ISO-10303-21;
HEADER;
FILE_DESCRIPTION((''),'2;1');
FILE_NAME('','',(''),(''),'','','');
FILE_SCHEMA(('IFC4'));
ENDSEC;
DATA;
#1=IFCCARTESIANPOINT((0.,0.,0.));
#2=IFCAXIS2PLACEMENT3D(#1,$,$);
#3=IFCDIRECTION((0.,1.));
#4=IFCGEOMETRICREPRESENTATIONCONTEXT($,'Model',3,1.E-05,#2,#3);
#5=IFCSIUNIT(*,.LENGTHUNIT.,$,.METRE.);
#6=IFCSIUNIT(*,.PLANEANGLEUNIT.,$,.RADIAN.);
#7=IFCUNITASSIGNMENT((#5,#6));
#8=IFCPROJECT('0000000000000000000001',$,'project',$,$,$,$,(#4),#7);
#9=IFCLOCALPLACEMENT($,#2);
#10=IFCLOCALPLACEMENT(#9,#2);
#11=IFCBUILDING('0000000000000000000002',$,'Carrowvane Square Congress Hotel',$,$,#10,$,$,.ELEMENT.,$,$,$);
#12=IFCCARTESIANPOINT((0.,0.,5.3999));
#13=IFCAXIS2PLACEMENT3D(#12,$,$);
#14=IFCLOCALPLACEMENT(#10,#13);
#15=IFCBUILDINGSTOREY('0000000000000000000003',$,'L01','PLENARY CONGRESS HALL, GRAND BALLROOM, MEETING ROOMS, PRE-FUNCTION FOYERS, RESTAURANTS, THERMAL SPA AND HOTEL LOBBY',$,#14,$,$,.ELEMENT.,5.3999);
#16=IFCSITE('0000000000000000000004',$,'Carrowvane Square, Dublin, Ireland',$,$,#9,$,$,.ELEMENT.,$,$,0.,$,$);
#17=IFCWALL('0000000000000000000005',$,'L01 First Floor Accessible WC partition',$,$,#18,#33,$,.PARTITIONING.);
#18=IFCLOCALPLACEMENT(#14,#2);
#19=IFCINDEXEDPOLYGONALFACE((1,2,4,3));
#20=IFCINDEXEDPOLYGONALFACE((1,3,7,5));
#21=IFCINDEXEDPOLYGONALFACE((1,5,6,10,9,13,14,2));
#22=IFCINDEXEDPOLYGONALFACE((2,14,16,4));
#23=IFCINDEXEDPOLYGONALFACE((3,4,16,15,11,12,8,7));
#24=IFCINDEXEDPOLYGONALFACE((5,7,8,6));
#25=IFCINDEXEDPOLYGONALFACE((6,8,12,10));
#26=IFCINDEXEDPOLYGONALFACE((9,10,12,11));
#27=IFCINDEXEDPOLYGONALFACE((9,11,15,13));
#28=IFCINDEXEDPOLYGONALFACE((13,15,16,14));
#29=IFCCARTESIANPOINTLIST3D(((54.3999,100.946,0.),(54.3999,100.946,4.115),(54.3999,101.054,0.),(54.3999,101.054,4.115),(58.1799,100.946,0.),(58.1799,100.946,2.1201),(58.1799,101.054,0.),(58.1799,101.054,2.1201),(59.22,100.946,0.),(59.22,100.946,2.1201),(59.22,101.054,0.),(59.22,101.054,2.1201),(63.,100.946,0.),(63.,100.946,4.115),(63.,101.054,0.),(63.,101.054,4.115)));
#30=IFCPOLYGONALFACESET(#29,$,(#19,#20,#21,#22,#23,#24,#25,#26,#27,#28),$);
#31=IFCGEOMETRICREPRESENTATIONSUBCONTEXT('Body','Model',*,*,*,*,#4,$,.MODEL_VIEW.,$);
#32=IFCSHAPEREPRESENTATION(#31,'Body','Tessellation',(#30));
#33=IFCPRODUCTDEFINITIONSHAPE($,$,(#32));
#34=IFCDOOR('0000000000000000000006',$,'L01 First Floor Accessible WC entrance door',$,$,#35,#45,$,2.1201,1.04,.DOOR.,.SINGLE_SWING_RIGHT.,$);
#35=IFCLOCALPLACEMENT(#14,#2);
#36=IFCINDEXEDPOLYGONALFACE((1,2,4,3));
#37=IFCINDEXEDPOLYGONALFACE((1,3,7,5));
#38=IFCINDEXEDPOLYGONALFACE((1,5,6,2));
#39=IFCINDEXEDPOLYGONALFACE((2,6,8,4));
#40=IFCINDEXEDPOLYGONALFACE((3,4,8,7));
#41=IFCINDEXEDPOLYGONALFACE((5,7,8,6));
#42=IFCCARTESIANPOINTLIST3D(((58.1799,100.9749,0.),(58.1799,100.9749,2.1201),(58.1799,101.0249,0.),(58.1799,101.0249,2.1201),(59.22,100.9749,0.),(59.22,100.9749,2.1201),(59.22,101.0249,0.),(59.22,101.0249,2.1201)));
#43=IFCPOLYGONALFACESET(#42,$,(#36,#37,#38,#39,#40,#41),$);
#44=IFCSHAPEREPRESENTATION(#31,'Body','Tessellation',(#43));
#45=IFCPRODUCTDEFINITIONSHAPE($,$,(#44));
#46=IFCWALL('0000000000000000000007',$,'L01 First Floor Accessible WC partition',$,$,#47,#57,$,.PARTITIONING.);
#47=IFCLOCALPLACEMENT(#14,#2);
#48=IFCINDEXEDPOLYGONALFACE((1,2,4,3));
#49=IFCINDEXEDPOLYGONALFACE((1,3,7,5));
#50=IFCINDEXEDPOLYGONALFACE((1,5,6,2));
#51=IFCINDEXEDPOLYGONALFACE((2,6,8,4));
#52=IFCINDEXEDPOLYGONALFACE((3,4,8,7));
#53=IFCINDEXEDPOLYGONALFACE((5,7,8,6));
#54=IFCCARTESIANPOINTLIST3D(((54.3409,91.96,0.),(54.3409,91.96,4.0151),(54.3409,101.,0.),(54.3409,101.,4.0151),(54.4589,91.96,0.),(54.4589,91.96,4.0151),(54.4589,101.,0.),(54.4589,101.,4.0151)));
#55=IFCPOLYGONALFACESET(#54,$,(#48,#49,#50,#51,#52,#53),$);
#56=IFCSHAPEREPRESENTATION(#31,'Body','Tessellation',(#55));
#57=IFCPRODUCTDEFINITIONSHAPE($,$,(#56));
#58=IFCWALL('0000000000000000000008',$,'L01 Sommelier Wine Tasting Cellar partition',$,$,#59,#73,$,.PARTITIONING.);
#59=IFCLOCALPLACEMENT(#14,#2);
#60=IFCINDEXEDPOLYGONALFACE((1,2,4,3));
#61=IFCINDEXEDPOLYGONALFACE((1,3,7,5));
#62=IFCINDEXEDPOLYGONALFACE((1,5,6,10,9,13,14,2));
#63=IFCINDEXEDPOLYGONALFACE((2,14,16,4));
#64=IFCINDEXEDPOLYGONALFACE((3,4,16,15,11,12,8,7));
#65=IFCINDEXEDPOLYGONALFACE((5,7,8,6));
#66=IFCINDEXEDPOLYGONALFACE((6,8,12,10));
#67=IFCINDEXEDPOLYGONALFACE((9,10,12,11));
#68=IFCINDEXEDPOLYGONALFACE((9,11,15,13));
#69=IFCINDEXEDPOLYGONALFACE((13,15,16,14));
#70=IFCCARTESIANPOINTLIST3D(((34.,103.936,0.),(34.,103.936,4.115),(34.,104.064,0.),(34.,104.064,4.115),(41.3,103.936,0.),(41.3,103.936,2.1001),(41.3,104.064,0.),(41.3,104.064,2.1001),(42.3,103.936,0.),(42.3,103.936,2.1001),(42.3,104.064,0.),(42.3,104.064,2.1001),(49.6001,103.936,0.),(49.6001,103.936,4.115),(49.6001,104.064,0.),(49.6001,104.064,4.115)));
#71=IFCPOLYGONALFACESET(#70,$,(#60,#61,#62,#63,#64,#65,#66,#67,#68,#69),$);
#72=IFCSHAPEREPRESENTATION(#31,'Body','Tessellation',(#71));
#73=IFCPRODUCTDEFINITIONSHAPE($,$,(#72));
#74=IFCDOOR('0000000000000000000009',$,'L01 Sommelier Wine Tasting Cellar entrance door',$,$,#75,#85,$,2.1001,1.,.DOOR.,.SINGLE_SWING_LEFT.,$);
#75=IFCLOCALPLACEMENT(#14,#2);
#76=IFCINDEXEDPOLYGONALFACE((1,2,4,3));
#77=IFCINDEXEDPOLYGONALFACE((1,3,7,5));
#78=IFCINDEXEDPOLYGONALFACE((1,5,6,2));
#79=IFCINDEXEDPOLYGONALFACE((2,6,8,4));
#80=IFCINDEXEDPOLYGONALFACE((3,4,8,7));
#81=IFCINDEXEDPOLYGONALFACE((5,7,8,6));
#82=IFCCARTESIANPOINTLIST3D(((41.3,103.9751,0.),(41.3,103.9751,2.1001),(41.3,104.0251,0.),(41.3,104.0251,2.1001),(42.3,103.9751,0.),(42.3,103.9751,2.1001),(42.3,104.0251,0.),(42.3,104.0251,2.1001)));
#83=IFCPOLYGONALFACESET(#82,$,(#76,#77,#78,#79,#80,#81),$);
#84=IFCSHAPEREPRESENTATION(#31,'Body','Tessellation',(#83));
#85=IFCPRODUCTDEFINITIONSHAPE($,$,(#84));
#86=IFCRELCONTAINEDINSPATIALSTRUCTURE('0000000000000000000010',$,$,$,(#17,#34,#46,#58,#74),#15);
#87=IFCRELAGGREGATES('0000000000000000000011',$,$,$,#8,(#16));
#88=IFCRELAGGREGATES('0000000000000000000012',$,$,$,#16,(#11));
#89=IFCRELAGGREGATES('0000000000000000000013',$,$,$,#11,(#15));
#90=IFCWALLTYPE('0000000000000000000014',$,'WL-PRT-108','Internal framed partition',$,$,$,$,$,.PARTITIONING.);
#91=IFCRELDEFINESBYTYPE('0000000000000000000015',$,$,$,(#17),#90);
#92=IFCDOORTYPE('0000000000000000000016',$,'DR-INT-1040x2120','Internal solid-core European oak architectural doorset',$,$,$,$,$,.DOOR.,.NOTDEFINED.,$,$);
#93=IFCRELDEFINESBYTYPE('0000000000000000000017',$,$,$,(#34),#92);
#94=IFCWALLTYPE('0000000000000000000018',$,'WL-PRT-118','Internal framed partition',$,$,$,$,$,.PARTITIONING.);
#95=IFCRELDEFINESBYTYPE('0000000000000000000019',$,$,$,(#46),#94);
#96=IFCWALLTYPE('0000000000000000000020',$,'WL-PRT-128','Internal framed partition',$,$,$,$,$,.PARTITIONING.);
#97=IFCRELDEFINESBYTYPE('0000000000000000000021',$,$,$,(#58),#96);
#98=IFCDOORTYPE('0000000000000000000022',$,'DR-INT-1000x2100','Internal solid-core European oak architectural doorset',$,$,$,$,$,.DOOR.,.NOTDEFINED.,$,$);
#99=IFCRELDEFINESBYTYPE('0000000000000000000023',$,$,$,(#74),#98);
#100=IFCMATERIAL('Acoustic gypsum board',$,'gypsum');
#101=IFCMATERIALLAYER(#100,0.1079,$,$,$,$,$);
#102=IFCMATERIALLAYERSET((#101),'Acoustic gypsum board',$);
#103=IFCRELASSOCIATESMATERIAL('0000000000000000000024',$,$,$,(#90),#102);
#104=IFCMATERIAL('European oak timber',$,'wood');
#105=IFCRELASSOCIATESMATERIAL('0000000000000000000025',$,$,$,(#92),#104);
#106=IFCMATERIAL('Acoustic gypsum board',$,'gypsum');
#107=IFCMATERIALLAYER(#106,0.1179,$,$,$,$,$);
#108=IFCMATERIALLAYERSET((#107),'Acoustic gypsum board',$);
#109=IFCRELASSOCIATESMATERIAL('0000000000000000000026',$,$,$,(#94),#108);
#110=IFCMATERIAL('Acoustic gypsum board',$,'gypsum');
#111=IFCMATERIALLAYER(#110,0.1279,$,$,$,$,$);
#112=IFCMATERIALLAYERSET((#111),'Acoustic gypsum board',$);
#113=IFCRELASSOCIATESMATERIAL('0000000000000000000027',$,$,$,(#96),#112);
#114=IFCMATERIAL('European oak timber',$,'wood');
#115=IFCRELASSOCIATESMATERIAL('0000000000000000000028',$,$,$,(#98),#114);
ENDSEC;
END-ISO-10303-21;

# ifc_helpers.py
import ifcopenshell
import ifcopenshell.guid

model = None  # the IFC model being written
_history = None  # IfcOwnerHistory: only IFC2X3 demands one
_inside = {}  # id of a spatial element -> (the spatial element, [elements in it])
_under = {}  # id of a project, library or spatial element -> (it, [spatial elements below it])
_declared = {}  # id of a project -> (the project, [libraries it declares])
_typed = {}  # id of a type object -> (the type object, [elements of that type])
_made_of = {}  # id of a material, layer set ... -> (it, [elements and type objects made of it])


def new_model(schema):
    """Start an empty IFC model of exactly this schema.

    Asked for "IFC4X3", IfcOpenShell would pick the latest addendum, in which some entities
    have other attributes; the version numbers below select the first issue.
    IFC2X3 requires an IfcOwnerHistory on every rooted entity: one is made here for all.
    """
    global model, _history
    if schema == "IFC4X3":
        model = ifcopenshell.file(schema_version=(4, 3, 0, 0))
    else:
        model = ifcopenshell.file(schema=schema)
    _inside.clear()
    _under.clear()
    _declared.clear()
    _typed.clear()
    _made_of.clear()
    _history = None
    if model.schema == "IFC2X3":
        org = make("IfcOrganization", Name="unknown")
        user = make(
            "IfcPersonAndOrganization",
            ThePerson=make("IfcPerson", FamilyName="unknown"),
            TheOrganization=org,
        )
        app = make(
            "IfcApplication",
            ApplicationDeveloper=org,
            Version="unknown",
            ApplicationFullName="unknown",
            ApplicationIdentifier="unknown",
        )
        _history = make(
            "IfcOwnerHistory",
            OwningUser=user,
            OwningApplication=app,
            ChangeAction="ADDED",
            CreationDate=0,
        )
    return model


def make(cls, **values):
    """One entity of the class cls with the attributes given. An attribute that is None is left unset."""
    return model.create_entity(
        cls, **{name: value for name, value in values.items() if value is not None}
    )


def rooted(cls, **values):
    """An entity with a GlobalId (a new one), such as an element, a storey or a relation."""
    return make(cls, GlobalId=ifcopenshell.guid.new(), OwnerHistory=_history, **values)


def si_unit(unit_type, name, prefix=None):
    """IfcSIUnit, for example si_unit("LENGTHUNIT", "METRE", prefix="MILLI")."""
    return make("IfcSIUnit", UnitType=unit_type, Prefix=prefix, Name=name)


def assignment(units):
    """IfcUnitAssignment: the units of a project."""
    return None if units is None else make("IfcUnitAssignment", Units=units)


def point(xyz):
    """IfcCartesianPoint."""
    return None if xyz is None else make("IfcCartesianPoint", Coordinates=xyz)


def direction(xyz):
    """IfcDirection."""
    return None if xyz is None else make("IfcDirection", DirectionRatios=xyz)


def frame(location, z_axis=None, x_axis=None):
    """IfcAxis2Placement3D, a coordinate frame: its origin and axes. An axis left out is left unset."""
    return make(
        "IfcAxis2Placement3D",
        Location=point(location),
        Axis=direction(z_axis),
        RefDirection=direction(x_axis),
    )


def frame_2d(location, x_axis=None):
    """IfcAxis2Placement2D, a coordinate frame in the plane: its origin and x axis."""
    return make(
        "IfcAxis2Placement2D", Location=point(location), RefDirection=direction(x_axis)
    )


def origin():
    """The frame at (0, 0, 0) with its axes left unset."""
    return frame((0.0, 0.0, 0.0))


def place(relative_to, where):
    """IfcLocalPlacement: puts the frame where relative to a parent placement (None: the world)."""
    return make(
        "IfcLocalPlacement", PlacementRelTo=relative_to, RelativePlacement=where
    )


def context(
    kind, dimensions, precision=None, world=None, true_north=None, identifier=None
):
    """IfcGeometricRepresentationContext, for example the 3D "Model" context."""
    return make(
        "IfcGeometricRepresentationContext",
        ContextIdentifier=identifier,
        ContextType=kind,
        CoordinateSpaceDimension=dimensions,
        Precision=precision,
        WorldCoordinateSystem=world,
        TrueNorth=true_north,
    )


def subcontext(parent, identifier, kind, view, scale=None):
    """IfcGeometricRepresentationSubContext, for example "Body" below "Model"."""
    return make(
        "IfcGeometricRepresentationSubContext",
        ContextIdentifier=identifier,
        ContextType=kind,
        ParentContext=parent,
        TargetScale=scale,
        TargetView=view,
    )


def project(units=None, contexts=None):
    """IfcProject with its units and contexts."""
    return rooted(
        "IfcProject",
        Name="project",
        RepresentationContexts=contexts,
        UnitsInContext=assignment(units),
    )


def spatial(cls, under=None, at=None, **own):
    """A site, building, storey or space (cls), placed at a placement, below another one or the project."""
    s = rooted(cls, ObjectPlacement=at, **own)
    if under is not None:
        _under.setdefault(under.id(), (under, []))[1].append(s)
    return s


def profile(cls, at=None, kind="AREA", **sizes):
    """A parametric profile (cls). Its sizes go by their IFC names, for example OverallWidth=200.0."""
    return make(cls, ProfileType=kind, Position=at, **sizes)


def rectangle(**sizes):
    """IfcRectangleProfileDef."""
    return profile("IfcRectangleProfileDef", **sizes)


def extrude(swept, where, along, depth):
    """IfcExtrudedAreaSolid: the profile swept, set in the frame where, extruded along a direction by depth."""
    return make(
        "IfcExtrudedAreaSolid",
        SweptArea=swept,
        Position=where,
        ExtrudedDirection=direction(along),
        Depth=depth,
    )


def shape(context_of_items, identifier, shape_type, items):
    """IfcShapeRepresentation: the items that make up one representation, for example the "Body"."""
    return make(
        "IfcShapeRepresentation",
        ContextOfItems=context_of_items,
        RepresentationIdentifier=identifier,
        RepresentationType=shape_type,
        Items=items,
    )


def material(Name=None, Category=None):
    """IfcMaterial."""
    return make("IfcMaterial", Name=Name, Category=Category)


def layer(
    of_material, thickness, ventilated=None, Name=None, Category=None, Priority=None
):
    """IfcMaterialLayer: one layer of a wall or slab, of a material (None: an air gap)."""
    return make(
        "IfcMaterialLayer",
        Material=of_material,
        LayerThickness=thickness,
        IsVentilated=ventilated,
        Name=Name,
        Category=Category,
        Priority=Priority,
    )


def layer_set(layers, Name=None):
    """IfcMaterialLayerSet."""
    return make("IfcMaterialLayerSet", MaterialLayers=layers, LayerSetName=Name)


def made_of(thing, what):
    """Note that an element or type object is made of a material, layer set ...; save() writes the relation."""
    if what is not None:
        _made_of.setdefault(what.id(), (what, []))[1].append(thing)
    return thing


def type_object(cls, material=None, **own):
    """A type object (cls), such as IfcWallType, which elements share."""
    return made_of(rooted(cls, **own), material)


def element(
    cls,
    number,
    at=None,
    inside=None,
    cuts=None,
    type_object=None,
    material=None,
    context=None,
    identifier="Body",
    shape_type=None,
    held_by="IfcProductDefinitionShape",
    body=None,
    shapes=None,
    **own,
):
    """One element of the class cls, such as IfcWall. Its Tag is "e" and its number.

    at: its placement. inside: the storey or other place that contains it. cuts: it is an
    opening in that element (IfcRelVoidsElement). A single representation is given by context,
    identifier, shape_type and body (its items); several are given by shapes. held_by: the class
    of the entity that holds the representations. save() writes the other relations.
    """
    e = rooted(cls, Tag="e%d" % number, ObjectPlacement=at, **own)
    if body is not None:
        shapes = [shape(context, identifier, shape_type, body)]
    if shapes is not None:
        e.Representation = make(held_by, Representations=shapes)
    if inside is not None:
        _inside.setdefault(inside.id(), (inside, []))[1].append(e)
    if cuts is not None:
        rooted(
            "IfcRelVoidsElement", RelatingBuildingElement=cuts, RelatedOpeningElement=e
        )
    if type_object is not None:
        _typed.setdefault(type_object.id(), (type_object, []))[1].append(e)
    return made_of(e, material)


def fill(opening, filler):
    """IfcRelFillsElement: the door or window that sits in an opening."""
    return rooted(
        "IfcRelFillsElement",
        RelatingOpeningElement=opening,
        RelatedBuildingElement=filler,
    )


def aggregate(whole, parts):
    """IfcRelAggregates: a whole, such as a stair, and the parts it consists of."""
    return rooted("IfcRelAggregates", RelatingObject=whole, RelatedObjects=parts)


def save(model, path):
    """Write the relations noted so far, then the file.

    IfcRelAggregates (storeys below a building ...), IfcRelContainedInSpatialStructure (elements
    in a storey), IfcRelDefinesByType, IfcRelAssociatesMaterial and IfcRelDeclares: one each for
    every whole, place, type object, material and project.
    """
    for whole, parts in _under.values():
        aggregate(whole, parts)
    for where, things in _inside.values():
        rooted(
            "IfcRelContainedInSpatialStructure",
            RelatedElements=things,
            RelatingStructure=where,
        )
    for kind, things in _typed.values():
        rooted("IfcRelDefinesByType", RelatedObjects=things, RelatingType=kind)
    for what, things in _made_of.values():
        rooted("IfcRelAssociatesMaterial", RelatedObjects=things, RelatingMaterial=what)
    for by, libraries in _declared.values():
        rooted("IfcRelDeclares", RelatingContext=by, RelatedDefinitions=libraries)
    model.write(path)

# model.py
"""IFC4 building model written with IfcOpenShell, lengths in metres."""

from ifc_helpers import new_model, si_unit, direction, frame, frame_2d, origin, place, context, subcontext, project, spatial, rectangle, extrude, material, layer, layer_set, type_object, element, fill, save


model = new_model("IFC4")

# Units and contexts
model_context = context("Model", 3, precision=1e-05, world=origin(), true_north=direction((0.0, 1.0)))
body_context = subcontext(model_context, "Body", "Model", "MODEL_VIEW")
ifc_project = project(units=[si_unit("LENGTHUNIT", "METRE"), si_unit("PLANEANGLEUNIT", "RADIAN")], contexts=[model_context])

# Site, building, storey
site_placement = place(None, origin())
site = spatial("IfcSite", under=ifc_project, at=site_placement, Name="Carrowvane Square, Dublin, Ireland", CompositionType="ELEMENT", RefElevation=0.0)
building_placement = place(site_placement, origin())
building = spatial("IfcBuilding", under=site, at=building_placement, Name="Carrowvane Square Congress Hotel", CompositionType="ELEMENT")
storey_placement = place(building_placement, frame((0.0, 0.0, 5.3999)))
storey = spatial("IfcBuildingStorey", under=building, at=storey_placement, Name="L01", Description="PLENARY CONGRESS HALL, GRAND BALLROOM, MEETING ROOMS, PRE-FUNCTION FOYERS, RESTAURANTS, THERMAL SPA AND HOTEL LOBBY", CompositionType="ELEMENT", Elevation=5.3999)

# Wall, opening, door
ifc_material_1 = material(Name="Acoustic gypsum board", Category="gypsum")
ifc_layer_1 = layer(ifc_material_1, 0.1079)
ifc_layer_set_1 = layer_set([ifc_layer_1], Name="Acoustic gypsum board")
wall_type_1 = type_object("IfcWallType", Name="WL-PRT-108", Description="Internal framed partition", PredefinedType="PARTITIONING", material=ifc_layer_set_1)
wall_1_placement = place(storey_placement, frame((54.3999, 101.0, 0.0), z_axis=(0.0, 0.0, 1.0), x_axis=(1.0, 0.0, 0.0)))
wall_1 = element("IfcWall", 1, at=wall_1_placement, inside=storey, type_object=wall_type_1, Name="L01 First Floor Accessible WC partition", PredefinedType="PARTITIONING", context=body_context, shape_type="SweptSolid", body=[
    extrude(rectangle(XDim=8.6001, YDim=0.1079, at=frame_2d((4.3, 0.0))), origin(), (0.0, 0.0, 1.0), 4.115),
])
opening_1_placement = place(wall_1_placement, frame((3.78, 0.0, 0.0)))
opening_1 = element("IfcOpeningElement", 2, at=opening_1_placement, cuts=wall_1, PredefinedType="OPENING", context=body_context, shape_type="SweptSolid", body=[
    extrude(rectangle(XDim=1.04, YDim=2.1201, at=frame_2d((0.52, 1.0601))), frame((0.0, 0.064, 0.0), z_axis=(0.0, -1.0, 0.0), x_axis=(1.0, 0.0, 0.0)), (0.0, 0.0, 1.0), 0.1279),
])
ifc_material_2 = material(Name="European oak timber", Category="wood")
door_type_1 = type_object("IfcDoorType", Name="DR-INT-1040x2120", Description="Internal solid-core European oak architectural doorset", OperationType="NOTDEFINED", PredefinedType="DOOR", material=ifc_material_2)
door_1_placement = place(opening_1_placement, origin())
door_1 = element("IfcDoor", 3, at=door_1_placement, inside=storey, type_object=door_type_1, Name="L01 First Floor Accessible WC entrance door", OperationType="SINGLE_SWING_RIGHT", OverallHeight=2.1201, OverallWidth=1.04, PredefinedType="DOOR", context=body_context, shape_type="SweptSolid", body=[
    extrude(rectangle(XDim=1.04, YDim=2.1201, at=frame_2d((0.52, 1.0601))), frame((0.0, 0.0249, 0.0), z_axis=(0.0, -1.0, 0.0), x_axis=(1.0, 0.0, 0.0)), (0.0, 0.0, 1.0), 0.05),
])
fill(opening_1, door_1)

# Wall
ifc_material_3 = material(Name="Acoustic gypsum board", Category="gypsum")
ifc_layer_2 = layer(ifc_material_3, 0.1179)
ifc_layer_set_2 = layer_set([ifc_layer_2], Name="Acoustic gypsum board")
wall_type_2 = type_object("IfcWallType", Name="WL-PRT-118", Description="Internal framed partition", PredefinedType="PARTITIONING", material=ifc_layer_set_2)
wall_2_placement = place(storey_placement, frame((54.3999, 91.96, 0.0), z_axis=(0.0, 0.0, 1.0), x_axis=(0.0, 1.0, 0.0)))
element("IfcWall", 4, at=wall_2_placement, inside=storey, type_object=wall_type_2, Name="L01 First Floor Accessible WC partition", PredefinedType="PARTITIONING", context=body_context, shape_type="SweptSolid", body=[
    extrude(rectangle(XDim=9.04, YDim=0.1179, at=frame_2d((4.52, 0.0))), origin(), (0.0, 0.0, 1.0), 4.0151),
])

# Wall, opening, door
ifc_material_4 = material(Name="Acoustic gypsum board", Category="gypsum")
ifc_layer_3 = layer(ifc_material_4, 0.1279)
ifc_layer_set_3 = layer_set([ifc_layer_3], Name="Acoustic gypsum board")
wall_type_3 = type_object("IfcWallType", Name="WL-PRT-128", Description="Internal framed partition", PredefinedType="PARTITIONING", material=ifc_layer_set_3)
wall_3_placement = place(storey_placement, frame((49.6001, 104.0, 0.0), z_axis=(0.0, 0.0, 1.0), x_axis=(-1.0, 0.0, 0.0)))
wall_3 = element("IfcWall", 5, at=wall_3_placement, inside=storey, type_object=wall_type_3, Name="L01 Sommelier Wine Tasting Cellar partition", PredefinedType="PARTITIONING", context=body_context, shape_type="SweptSolid", body=[
    extrude(rectangle(XDim=15.6001, YDim=0.1279, at=frame_2d((7.8, 0.0))), origin(), (0.0, 0.0, 1.0), 4.115),
])
opening_2_placement = place(wall_3_placement, frame((7.3, 0.0, 0.0)))
opening_2 = element("IfcOpeningElement", 6, at=opening_2_placement, cuts=wall_3, PredefinedType="OPENING", context=body_context, shape_type="SweptSolid", body=[
    extrude(rectangle(XDim=1.0, YDim=2.1001, at=frame_2d((0.5, 1.05))), frame((0.0, 0.074, 0.0), z_axis=(0.0, -1.0, 0.0), x_axis=(1.0, 0.0, 0.0)), (0.0, 0.0, 1.0), 0.1479),
])
ifc_material_5 = material(Name="European oak timber", Category="wood")
door_type_2 = type_object("IfcDoorType", Name="DR-INT-1000x2100", Description="Internal solid-core European oak architectural doorset", OperationType="NOTDEFINED", PredefinedType="DOOR", material=ifc_material_5)
door_2_placement = place(opening_2_placement, origin())
door_2 = element("IfcDoor", 7, at=door_2_placement, inside=storey, type_object=door_type_2, Name="L01 Sommelier Wine Tasting Cellar entrance door", OperationType="SINGLE_SWING_LEFT", OverallHeight=2.1001, OverallWidth=1.0, PredefinedType="DOOR", context=body_context, shape_type="SweptSolid", body=[
    extrude(rectangle(XDim=1.0, YDim=2.1001, at=frame_2d((0.5, 1.05))), frame((0.0, 0.0249, 0.0), z_axis=(0.0, -1.0, 0.0), x_axis=(1.0, 0.0, 0.0)), (0.0, 0.0, 1.0), 0.05),
])
fill(opening_2, door_2)

save(model, "model.ifc")
